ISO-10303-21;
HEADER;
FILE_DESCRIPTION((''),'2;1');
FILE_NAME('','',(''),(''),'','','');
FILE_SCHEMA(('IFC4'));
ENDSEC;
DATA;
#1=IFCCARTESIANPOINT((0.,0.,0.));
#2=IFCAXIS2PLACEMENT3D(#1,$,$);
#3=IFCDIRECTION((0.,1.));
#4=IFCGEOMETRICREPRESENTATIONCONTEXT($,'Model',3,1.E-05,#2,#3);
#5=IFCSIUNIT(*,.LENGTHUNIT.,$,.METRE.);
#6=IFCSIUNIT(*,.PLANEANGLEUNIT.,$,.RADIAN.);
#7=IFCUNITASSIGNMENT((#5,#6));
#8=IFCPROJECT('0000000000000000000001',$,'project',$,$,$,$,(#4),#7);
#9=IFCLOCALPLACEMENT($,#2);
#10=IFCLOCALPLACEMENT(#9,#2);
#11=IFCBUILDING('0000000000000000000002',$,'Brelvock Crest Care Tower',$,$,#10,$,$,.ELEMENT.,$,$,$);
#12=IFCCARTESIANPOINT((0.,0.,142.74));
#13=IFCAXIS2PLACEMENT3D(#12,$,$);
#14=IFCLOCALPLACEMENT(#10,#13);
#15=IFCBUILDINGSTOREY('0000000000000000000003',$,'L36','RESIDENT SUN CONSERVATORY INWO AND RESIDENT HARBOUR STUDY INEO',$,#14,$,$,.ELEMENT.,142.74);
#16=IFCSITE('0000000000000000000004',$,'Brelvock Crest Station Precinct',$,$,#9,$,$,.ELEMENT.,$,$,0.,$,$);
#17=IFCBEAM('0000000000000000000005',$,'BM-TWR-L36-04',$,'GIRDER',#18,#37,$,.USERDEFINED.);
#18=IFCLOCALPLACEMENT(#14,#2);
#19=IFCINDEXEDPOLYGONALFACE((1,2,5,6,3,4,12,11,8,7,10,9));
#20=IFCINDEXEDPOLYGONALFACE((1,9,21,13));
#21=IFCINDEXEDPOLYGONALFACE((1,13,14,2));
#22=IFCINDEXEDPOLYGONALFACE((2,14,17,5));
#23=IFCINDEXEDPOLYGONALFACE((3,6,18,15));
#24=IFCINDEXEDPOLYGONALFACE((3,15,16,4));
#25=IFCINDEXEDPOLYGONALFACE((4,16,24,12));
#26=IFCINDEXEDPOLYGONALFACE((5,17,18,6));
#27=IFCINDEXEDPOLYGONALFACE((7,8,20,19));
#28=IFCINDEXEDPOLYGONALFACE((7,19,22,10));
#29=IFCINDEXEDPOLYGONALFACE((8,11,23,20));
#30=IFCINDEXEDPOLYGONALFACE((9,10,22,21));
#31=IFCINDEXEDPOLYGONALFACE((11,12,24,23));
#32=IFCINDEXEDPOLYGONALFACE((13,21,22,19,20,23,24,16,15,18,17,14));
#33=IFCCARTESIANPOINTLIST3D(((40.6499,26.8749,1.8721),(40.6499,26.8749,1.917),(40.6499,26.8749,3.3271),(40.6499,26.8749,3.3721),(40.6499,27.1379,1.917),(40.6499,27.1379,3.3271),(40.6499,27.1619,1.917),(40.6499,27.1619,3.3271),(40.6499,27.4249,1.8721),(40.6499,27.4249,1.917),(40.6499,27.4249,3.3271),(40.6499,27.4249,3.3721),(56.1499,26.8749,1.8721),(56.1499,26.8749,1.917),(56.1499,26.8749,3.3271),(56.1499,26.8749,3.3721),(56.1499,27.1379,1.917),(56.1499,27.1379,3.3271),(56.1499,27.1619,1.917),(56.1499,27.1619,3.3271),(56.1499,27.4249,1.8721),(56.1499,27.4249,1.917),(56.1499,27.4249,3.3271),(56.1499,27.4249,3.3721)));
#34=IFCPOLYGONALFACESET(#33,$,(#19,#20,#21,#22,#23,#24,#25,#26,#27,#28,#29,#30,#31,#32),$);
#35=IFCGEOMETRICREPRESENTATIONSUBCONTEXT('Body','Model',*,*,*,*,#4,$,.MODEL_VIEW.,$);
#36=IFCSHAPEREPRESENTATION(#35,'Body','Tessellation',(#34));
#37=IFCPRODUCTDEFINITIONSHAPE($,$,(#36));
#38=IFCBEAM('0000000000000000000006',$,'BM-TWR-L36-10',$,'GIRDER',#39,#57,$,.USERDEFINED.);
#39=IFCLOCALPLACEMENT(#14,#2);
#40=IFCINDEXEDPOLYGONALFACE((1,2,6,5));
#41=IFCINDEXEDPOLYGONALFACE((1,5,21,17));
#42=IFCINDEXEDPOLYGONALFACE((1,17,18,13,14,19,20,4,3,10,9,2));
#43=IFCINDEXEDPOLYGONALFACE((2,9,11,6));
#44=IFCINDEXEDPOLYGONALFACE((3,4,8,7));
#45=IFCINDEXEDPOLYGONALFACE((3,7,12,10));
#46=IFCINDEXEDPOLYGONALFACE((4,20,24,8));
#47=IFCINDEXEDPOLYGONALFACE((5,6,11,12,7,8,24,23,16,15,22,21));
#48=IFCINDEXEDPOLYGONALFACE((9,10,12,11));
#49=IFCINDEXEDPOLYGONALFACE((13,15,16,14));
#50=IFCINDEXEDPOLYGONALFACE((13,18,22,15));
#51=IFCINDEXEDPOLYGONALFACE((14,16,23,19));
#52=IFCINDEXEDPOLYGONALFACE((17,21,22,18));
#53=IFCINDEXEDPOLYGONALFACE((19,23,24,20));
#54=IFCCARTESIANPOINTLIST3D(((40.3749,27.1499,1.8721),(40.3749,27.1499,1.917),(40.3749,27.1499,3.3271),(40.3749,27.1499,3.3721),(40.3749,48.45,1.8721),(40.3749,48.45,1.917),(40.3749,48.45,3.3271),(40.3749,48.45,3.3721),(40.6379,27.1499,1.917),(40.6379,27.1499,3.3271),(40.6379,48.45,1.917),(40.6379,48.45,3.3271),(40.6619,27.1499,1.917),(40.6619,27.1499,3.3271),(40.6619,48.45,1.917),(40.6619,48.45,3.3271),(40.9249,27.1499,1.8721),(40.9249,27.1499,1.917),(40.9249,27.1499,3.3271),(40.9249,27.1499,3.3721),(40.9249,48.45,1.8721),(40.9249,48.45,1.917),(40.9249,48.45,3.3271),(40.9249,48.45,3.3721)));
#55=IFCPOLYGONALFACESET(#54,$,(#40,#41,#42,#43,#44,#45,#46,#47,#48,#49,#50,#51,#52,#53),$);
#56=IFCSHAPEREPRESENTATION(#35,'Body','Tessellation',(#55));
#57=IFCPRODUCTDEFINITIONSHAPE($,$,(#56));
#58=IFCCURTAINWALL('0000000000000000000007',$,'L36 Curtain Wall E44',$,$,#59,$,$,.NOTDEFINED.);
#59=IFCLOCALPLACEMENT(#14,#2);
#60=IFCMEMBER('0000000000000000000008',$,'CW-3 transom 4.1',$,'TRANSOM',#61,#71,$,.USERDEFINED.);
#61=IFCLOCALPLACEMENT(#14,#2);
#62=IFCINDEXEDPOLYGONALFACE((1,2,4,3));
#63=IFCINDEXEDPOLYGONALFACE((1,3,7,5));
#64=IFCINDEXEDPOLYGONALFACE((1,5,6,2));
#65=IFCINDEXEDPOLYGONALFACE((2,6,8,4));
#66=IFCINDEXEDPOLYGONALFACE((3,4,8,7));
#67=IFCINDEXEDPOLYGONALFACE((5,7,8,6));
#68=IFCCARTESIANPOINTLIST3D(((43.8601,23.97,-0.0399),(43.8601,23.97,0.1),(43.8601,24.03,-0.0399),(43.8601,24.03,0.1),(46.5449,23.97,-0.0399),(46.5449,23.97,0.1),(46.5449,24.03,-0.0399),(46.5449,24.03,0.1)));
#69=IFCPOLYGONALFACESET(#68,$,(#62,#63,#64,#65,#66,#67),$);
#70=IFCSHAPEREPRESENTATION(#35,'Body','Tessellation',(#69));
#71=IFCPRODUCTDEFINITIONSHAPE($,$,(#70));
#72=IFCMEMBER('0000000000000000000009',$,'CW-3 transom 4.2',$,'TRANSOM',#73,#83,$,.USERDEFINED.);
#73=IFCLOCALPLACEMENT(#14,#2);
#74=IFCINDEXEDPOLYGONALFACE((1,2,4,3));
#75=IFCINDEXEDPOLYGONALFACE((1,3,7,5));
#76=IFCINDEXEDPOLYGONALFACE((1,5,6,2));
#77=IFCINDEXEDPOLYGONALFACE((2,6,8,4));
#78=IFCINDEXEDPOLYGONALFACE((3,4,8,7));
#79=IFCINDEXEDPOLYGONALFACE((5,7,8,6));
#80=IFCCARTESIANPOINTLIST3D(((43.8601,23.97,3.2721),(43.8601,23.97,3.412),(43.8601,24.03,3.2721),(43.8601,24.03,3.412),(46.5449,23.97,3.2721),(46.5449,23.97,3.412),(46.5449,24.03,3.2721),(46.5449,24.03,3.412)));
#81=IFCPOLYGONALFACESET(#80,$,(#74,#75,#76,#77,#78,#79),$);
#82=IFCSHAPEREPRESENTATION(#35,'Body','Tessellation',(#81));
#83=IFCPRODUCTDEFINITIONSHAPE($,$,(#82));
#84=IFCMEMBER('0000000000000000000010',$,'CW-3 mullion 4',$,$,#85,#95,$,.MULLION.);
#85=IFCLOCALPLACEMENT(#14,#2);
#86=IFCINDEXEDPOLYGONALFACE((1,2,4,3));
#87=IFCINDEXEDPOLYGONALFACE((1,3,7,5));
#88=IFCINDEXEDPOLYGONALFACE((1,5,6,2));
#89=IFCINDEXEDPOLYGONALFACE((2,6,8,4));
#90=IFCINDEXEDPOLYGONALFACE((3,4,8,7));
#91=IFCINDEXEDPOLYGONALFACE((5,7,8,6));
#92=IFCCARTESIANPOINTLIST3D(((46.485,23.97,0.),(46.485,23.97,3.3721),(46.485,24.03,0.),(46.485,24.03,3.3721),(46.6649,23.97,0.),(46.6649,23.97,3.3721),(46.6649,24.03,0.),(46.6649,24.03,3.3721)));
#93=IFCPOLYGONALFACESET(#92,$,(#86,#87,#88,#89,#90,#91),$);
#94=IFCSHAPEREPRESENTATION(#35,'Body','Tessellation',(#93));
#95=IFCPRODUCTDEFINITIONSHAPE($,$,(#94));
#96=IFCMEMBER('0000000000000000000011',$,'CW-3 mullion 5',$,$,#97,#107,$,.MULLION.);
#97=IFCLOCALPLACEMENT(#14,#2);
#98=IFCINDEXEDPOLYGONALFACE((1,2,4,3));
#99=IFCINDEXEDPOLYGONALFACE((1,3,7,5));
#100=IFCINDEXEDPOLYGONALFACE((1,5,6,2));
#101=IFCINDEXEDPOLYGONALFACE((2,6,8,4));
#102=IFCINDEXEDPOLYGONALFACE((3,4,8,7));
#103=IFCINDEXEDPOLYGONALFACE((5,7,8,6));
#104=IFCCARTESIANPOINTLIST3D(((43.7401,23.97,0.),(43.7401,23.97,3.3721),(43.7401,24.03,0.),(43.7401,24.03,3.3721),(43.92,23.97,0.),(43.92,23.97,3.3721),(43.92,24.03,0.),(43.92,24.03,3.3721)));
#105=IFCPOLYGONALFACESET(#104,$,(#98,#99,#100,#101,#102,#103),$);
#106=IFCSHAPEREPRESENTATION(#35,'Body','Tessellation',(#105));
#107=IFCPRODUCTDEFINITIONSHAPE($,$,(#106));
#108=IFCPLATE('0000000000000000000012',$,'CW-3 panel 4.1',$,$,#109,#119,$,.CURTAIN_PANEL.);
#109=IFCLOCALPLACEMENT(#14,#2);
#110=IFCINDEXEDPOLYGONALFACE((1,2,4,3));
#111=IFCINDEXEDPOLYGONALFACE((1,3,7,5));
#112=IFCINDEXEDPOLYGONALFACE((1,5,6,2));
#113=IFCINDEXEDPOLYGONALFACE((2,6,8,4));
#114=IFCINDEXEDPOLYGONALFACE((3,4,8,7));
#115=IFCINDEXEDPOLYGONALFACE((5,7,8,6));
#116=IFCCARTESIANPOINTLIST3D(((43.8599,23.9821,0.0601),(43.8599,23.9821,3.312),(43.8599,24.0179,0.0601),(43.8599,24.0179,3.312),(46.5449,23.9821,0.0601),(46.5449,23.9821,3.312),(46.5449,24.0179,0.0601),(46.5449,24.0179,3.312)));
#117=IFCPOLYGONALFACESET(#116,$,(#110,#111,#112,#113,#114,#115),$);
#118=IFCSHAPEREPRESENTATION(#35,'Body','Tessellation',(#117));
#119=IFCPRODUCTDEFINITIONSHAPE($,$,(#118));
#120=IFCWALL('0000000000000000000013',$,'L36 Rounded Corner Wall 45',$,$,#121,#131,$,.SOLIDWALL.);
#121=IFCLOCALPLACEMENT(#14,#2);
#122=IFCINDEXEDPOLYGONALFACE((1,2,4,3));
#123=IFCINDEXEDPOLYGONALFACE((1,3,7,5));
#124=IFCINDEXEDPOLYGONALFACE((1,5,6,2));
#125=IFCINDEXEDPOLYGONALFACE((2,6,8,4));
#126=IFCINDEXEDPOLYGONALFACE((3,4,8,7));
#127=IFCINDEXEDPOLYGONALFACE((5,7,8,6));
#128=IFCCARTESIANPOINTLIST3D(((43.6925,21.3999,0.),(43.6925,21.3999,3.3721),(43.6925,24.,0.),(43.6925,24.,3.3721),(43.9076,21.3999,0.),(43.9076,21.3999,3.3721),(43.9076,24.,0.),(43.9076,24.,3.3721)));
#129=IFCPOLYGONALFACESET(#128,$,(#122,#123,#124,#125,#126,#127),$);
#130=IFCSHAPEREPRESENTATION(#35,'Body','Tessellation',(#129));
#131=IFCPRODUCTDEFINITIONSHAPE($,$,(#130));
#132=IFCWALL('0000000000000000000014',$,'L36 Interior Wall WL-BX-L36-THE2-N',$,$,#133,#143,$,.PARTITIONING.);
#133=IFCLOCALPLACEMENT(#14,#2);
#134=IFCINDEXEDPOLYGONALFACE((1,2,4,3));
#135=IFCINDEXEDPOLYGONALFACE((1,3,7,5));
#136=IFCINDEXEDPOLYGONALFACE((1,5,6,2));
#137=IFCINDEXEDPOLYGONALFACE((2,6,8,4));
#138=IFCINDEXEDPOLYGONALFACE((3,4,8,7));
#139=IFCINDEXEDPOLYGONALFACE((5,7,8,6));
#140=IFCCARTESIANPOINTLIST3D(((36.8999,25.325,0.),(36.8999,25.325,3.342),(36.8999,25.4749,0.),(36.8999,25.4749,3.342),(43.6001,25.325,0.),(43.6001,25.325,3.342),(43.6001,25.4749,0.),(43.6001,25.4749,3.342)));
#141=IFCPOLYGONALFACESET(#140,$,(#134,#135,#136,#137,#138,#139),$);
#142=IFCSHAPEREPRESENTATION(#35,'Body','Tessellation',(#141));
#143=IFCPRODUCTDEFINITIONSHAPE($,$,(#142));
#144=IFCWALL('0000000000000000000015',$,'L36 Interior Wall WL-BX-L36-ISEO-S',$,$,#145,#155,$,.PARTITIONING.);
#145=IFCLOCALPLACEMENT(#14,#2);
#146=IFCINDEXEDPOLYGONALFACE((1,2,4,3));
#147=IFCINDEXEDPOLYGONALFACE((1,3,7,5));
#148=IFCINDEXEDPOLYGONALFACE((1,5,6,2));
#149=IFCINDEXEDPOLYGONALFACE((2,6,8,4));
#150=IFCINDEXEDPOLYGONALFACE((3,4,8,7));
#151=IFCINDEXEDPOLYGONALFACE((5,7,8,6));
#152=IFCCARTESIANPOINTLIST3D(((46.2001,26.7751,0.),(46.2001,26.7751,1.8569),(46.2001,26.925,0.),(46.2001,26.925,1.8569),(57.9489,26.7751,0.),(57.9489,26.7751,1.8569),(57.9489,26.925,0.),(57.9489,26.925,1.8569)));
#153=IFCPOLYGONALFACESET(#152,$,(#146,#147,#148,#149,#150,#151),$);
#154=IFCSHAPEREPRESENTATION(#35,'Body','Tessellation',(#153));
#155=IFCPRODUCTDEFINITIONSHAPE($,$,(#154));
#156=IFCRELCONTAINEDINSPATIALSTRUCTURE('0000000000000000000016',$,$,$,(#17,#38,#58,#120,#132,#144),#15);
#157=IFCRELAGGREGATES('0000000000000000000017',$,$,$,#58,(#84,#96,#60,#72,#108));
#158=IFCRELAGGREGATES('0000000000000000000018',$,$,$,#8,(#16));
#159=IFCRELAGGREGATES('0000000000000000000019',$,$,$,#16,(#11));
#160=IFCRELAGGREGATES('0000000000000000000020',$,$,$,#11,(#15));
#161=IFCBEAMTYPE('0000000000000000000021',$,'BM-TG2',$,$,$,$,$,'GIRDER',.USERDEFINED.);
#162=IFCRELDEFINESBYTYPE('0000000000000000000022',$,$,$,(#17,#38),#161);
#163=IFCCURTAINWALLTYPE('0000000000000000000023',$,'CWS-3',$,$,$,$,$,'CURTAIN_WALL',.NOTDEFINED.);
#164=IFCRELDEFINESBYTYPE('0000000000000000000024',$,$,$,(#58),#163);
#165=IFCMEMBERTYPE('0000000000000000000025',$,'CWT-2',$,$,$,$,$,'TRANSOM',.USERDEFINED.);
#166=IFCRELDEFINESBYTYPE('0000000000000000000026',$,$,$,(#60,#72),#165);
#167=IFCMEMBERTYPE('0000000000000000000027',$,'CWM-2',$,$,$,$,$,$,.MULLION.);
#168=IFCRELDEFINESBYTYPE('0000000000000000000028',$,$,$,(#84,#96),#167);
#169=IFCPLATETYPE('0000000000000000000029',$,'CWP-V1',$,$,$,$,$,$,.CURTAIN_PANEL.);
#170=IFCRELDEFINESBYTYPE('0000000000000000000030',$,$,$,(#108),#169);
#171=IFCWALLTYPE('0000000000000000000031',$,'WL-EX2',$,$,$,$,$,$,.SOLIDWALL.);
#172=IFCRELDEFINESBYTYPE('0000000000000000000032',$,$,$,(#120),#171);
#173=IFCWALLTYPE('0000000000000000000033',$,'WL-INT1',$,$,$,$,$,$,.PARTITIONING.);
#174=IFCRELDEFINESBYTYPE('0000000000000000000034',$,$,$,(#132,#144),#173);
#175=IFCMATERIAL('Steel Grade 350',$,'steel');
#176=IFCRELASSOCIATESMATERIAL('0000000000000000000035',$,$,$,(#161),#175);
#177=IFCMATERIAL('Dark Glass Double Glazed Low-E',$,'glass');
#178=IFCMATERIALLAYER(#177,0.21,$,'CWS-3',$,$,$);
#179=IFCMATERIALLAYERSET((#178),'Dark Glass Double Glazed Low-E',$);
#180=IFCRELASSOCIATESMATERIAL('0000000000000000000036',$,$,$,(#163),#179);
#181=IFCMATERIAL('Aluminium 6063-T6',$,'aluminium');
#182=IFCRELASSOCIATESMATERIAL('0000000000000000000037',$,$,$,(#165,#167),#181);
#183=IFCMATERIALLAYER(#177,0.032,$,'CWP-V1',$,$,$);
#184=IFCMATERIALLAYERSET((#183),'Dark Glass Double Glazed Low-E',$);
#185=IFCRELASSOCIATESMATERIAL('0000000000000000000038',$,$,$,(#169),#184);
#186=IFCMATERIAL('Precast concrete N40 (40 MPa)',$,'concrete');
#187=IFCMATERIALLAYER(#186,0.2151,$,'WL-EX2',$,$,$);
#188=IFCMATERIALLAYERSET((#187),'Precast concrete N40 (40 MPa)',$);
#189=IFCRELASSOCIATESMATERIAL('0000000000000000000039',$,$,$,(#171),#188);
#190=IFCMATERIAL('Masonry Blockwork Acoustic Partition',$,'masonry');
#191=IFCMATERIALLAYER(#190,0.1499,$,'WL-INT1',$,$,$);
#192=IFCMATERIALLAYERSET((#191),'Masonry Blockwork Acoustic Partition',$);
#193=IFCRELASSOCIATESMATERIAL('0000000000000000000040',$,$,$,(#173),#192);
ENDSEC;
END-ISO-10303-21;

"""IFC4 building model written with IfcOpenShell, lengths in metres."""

from ifc_helpers import new_model, si_unit, direction, frame, frame_2d, origin, origin_2d, place, context, subcontext, project, spatial, rectangle, i_section, extrude, source, transform, mapped, material, layer, layer_set, material_profile, profile_set, type_object, element, aggregate, save


model = new_model("IFC4")

# Units and contexts
model_context = context("Model", 3, precision=1e-05, world=origin(), true_north=direction((0.0, 1.0)))
body_context = subcontext(model_context, "Body", "Model", "MODEL_VIEW")
ifc_project = project(units=[si_unit("LENGTHUNIT", "METRE"), si_unit("PLANEANGLEUNIT", "RADIAN")], contexts=[model_context])

# Site, building, storey
site_placement = place(None, origin())
site = spatial("IfcSite", under=ifc_project, at=site_placement, Name="Brelvock Crest Station Precinct", CompositionType="ELEMENT", RefElevation=0.0)
building_placement = place(site_placement, origin())
building = spatial("IfcBuilding", under=site, at=building_placement, Name="Brelvock Crest Care Tower", CompositionType="ELEMENT")
storey_placement = place(building_placement, frame((0.0, 0.0, 142.74)))
storey = spatial("IfcBuildingStorey", under=building, at=storey_placement, Name="L36", Description="RESIDENT SUN CONSERVATORY INWO AND RESIDENT HARBOUR STUDY INEO", CompositionType="ELEMENT", Elevation=142.74)

# Shared definitions
ifc_material_1 = material(Name="Steel Grade 350", Category="steel")

# Beams
ifc_material_profile_1 = material_profile(ifc_material_1, i_section(OverallWidth=0.55, OverallDepth=1.5, WebThickness=0.0239, FlangeThickness=0.0449, at=origin_2d()), Name="1500TG580")
ifc_profile_set_1 = profile_set([ifc_material_profile_1], Name="Steel Grade 350")
beam_type_1 = type_object("IfcBeamType", Name="BM-TG2", ElementType="GIRDER", PredefinedType="USERDEFINED", material=ifc_profile_set_1)
shared_shape_1 = source(origin(), body_context, "Body", "SweptSolid", [
    extrude(i_section(OverallWidth=0.55, OverallDepth=1.5, WebThickness=0.0239, FlangeThickness=0.0449, at=origin_2d()), origin(), (0.0, 0.0, 1.0), 15.5),
])
beam_1_placement = place(storey_placement, frame((40.6499, 27.1499, 2.6221), z_axis=(1.0, 0.0, 0.0), x_axis=(0.0, 1.0, 0.0)))
element("IfcBeam", 1, at=beam_1_placement, inside=storey, type_object=beam_type_1, Name="BM-TWR-L36-04", ObjectType="GIRDER", PredefinedType="USERDEFINED", context=body_context, shape_type="MappedRepresentation", body=[
    mapped(shared_shape_1, transform((0.0, 0.0, 0.0), x_axis=(1.0, 0.0, 0.0), y_axis=(0.0, 1.0, 0.0), z_axis=(0.0, 0.0, 1.0), scale=1.0)),
])
shared_shape_2 = source(origin(), body_context, "Body", "SweptSolid", [
    extrude(i_section(OverallWidth=0.55, OverallDepth=1.5, WebThickness=0.0239, FlangeThickness=0.0449, at=origin_2d()), origin(), (0.0, 0.0, 1.0), 21.3),
])
beam_2_placement = place(storey_placement, frame((40.6499, 27.1499, 2.6221), z_axis=(0.0, 1.0, 0.0), x_axis=(-1.0, 0.0, 0.0)))
element("IfcBeam", 2, at=beam_2_placement, inside=storey, type_object=beam_type_1, Name="BM-TWR-L36-10", ObjectType="GIRDER", PredefinedType="USERDEFINED", context=body_context, shape_type="MappedRepresentation", body=[
    mapped(shared_shape_2, transform((0.0, 0.0, 0.0), x_axis=(1.0, 0.0, 0.0), y_axis=(0.0, 1.0, 0.0), z_axis=(0.0, 0.0, 1.0), scale=1.0)),
])

# Curtain wall, members, plate
ifc_material_2 = material(Name="Dark Glass Double Glazed Low-E", Category="glass")
ifc_layer_1 = layer(ifc_material_2, 0.21, Name="CWS-3")
ifc_layer_set_1 = layer_set([ifc_layer_1], Name="Dark Glass Double Glazed Low-E")
curtain_wall_type = type_object("IfcCurtainWallType", Name="CWS-3", ElementType="CURTAIN_WALL", PredefinedType="NOTDEFINED", material=ifc_layer_set_1)
curtain_wall_placement = place(storey_placement, origin())
curtain_wall = element("IfcCurtainWall", 3, at=curtain_wall_placement, inside=storey, type_object=curtain_wall_type, Name="L36 Curtain Wall E44", PredefinedType="NOTDEFINED")
ifc_material_3 = material(Name="Aluminium 6063-T6", Category="aluminium")
ifc_material_profile_2 = material_profile(ifc_material_3, rectangle(XDim=0.0601, YDim=0.1399, at=origin_2d()), Name="ALU60x140")
ifc_profile_set_2 = profile_set([ifc_material_profile_2], Name="Aluminium 6063-T6")
member_type_1 = type_object("IfcMemberType", Name="CWT-2", ElementType="TRANSOM", PredefinedType="USERDEFINED", material=ifc_profile_set_2)
shared_shape_3 = source(origin(), body_context, "Body", "SweptSolid", [
    extrude(rectangle(XDim=0.0601, YDim=0.1399, at=origin_2d()), origin(), (0.0, 0.0, 1.0), 2.6848),
])
member_1_placement = place(storey_placement, frame((46.5449, 24.0, 0.03), z_axis=(-1.0, 0.0, 0.0), x_axis=(0.0, -1.0, 0.0)))
member_1 = element("IfcMember", 4, at=member_1_placement, type_object=member_type_1, Name="CW-3 transom 4.1", ObjectType="TRANSOM", PredefinedType="USERDEFINED", context=body_context, shape_type="MappedRepresentation", body=[
    mapped(shared_shape_3, transform((0.0, 0.0, 0.0), x_axis=(1.0, 0.0, 0.0), y_axis=(0.0, 1.0, 0.0), z_axis=(0.0, 0.0, 1.0), scale=1.0)),
])
member_2_placement = place(storey_placement, frame((46.5449, 24.0, 3.342), z_axis=(-1.0, 0.0, 0.0), x_axis=(0.0, -1.0, 0.0)))
member_2 = element("IfcMember", 5, at=member_2_placement, type_object=member_type_1, Name="CW-3 transom 4.2", ObjectType="TRANSOM", PredefinedType="USERDEFINED", context=body_context, shape_type="MappedRepresentation", body=[
    mapped(shared_shape_3, transform((0.0, 0.0, 0.0), x_axis=(1.0, 0.0, 0.0), y_axis=(0.0, 1.0, 0.0), z_axis=(0.0, 0.0, 1.0), scale=1.0)),
])
ifc_material_profile_3 = material_profile(ifc_material_3, rectangle(XDim=0.0601, YDim=0.1799, at=origin_2d()), Name="ALU60x180")
ifc_profile_set_3 = profile_set([ifc_material_profile_3], Name="Aluminium 6063-T6")
member_type_2 = type_object("IfcMemberType", Name="CWM-2", PredefinedType="MULLION", material=ifc_profile_set_3)
shared_shape_4 = source(origin(), body_context, "Body", "SweptSolid", [
    extrude(rectangle(XDim=0.0601, YDim=0.1799, at=origin_2d()), origin(), (0.0, 0.0, 1.0), 3.3721),
])
member_3_placement = place(storey_placement, frame((46.575, 24.0, 0.0), z_axis=(0.0, 0.0, 1.0), x_axis=(0.0, -1.0, 0.0)))
member_3 = element("IfcMember", 6, at=member_3_placement, type_object=member_type_2, Name="CW-3 mullion 4", PredefinedType="MULLION", context=body_context, shape_type="MappedRepresentation", body=[
    mapped(shared_shape_4, transform((0.0, 0.0, 0.0), x_axis=(1.0, 0.0, 0.0), y_axis=(0.0, 1.0, 0.0), z_axis=(0.0, 0.0, 1.0), scale=1.0)),
])
member_4_placement = place(storey_placement, frame((43.8301, 24.0, 0.0), z_axis=(0.0, 0.0, 1.0), x_axis=(0.0, -1.0, 0.0)))
member_4 = element("IfcMember", 7, at=member_4_placement, type_object=member_type_2, Name="CW-3 mullion 5", PredefinedType="MULLION", context=body_context, shape_type="MappedRepresentation", body=[
    mapped(shared_shape_4, transform((0.0, 0.0, 0.0), x_axis=(1.0, 0.0, 0.0), y_axis=(0.0, 1.0, 0.0), z_axis=(0.0, 0.0, 1.0), scale=1.0)),
])
ifc_layer_2 = layer(ifc_material_2, 0.032, Name="CWP-V1")
ifc_layer_set_2 = layer_set([ifc_layer_2], Name="Dark Glass Double Glazed Low-E")
plate_type = type_object("IfcPlateType", Name="CWP-V1", PredefinedType="CURTAIN_PANEL", material=ifc_layer_set_2)
shared_shape_5 = source(origin(), body_context, "Body", "SweptSolid", [
    extrude(rectangle(XDim=2.6851, YDim=0.0359, at=origin_2d()), origin(), (0.0, 0.0, 1.0), 3.252),
])
plate_placement = place(storey_placement, frame((45.2024, 24.0, 0.0601), z_axis=(0.0, 0.0, 1.0), x_axis=(-1.0, 0.0, 0.0)))
plate = element("IfcPlate", 8, at=plate_placement, type_object=plate_type, Name="CW-3 panel 4.1", PredefinedType="CURTAIN_PANEL", context=body_context, shape_type="MappedRepresentation", body=[
    mapped(shared_shape_5, transform((0.0, 0.0, 0.0), x_axis=(1.0, 0.0, 0.0), y_axis=(0.0, 1.0, 0.0), z_axis=(0.0, 0.0, 1.0), scale=1.0)),
])
aggregate(curtain_wall, [member_3, member_4, member_1, member_2, plate])

# Walls
ifc_material_4 = material(Name="Precast concrete N40 (40 MPa)", Category="concrete")
ifc_layer_3 = layer(ifc_material_4, 0.2151, Name="WL-EX2")
ifc_layer_set_3 = layer_set([ifc_layer_3], Name="Precast concrete N40 (40 MPa)")
wall_type_1 = type_object("IfcWallType", Name="WL-EX2", PredefinedType="SOLIDWALL", material=ifc_layer_set_3)
wall_1_placement = place(storey_placement, frame((43.8, 24.0, 0.0), z_axis=(0.0, 0.0, 1.0), x_axis=(0.0, -1.0, 0.0)))
element("IfcWall", 9, at=wall_1_placement, inside=storey, type_object=wall_type_1, Name="L36 Rounded Corner Wall 45", PredefinedType="SOLIDWALL", context=body_context, shape_type="SweptSolid", body=[
    extrude(rectangle(XDim=2.6001, YDim=0.2151, at=frame_2d((1.3, 0.0))), origin(), (0.0, 0.0, 1.0), 3.3721),
])
ifc_material_5 = material(Name="Masonry Blockwork Acoustic Partition", Category="masonry")
ifc_layer_4 = layer(ifc_material_5, 0.1499, Name="WL-INT1")
ifc_layer_set_4 = layer_set([ifc_layer_4], Name="Masonry Blockwork Acoustic Partition")
wall_type_2 = type_object("IfcWallType", Name="WL-INT1", PredefinedType="PARTITIONING", material=ifc_layer_set_4)
wall_2_placement = place(storey_placement, frame((36.8999, 25.3999, 0.0), z_axis=(0.0, 0.0, 1.0), x_axis=(1.0, 0.0, 0.0)))
element("IfcWall", 10, at=wall_2_placement, inside=storey, type_object=wall_type_2, Name="L36 Interior Wall WL-BX-L36-THE2-N", PredefinedType="PARTITIONING", context=body_context, shape_type="SweptSolid", body=[
    extrude(rectangle(XDim=6.7002, YDim=0.1499, at=frame_2d((3.3501, 0.0))), origin(), (0.0, 0.0, 1.0), 3.342),
])
wall_3_placement = place(storey_placement, frame((46.2, 26.8501, 0.0), z_axis=(0.0, 0.0, 1.0), x_axis=(1.0, 0.0, 0.0)))
element("IfcWall", 11, at=wall_3_placement, inside=storey, type_object=wall_type_2, Name="L36 Interior Wall WL-BX-L36-ISEO-S", PredefinedType="PARTITIONING", context=body_context, shape_type="SweptSolid", body=[
    extrude(rectangle(XDim=11.7488, YDim=0.1499, at=frame_2d((5.8745, 0.0))), origin(), (0.0, 0.0, 1.0), 1.8569),
])

save(model, "model.ifc")
